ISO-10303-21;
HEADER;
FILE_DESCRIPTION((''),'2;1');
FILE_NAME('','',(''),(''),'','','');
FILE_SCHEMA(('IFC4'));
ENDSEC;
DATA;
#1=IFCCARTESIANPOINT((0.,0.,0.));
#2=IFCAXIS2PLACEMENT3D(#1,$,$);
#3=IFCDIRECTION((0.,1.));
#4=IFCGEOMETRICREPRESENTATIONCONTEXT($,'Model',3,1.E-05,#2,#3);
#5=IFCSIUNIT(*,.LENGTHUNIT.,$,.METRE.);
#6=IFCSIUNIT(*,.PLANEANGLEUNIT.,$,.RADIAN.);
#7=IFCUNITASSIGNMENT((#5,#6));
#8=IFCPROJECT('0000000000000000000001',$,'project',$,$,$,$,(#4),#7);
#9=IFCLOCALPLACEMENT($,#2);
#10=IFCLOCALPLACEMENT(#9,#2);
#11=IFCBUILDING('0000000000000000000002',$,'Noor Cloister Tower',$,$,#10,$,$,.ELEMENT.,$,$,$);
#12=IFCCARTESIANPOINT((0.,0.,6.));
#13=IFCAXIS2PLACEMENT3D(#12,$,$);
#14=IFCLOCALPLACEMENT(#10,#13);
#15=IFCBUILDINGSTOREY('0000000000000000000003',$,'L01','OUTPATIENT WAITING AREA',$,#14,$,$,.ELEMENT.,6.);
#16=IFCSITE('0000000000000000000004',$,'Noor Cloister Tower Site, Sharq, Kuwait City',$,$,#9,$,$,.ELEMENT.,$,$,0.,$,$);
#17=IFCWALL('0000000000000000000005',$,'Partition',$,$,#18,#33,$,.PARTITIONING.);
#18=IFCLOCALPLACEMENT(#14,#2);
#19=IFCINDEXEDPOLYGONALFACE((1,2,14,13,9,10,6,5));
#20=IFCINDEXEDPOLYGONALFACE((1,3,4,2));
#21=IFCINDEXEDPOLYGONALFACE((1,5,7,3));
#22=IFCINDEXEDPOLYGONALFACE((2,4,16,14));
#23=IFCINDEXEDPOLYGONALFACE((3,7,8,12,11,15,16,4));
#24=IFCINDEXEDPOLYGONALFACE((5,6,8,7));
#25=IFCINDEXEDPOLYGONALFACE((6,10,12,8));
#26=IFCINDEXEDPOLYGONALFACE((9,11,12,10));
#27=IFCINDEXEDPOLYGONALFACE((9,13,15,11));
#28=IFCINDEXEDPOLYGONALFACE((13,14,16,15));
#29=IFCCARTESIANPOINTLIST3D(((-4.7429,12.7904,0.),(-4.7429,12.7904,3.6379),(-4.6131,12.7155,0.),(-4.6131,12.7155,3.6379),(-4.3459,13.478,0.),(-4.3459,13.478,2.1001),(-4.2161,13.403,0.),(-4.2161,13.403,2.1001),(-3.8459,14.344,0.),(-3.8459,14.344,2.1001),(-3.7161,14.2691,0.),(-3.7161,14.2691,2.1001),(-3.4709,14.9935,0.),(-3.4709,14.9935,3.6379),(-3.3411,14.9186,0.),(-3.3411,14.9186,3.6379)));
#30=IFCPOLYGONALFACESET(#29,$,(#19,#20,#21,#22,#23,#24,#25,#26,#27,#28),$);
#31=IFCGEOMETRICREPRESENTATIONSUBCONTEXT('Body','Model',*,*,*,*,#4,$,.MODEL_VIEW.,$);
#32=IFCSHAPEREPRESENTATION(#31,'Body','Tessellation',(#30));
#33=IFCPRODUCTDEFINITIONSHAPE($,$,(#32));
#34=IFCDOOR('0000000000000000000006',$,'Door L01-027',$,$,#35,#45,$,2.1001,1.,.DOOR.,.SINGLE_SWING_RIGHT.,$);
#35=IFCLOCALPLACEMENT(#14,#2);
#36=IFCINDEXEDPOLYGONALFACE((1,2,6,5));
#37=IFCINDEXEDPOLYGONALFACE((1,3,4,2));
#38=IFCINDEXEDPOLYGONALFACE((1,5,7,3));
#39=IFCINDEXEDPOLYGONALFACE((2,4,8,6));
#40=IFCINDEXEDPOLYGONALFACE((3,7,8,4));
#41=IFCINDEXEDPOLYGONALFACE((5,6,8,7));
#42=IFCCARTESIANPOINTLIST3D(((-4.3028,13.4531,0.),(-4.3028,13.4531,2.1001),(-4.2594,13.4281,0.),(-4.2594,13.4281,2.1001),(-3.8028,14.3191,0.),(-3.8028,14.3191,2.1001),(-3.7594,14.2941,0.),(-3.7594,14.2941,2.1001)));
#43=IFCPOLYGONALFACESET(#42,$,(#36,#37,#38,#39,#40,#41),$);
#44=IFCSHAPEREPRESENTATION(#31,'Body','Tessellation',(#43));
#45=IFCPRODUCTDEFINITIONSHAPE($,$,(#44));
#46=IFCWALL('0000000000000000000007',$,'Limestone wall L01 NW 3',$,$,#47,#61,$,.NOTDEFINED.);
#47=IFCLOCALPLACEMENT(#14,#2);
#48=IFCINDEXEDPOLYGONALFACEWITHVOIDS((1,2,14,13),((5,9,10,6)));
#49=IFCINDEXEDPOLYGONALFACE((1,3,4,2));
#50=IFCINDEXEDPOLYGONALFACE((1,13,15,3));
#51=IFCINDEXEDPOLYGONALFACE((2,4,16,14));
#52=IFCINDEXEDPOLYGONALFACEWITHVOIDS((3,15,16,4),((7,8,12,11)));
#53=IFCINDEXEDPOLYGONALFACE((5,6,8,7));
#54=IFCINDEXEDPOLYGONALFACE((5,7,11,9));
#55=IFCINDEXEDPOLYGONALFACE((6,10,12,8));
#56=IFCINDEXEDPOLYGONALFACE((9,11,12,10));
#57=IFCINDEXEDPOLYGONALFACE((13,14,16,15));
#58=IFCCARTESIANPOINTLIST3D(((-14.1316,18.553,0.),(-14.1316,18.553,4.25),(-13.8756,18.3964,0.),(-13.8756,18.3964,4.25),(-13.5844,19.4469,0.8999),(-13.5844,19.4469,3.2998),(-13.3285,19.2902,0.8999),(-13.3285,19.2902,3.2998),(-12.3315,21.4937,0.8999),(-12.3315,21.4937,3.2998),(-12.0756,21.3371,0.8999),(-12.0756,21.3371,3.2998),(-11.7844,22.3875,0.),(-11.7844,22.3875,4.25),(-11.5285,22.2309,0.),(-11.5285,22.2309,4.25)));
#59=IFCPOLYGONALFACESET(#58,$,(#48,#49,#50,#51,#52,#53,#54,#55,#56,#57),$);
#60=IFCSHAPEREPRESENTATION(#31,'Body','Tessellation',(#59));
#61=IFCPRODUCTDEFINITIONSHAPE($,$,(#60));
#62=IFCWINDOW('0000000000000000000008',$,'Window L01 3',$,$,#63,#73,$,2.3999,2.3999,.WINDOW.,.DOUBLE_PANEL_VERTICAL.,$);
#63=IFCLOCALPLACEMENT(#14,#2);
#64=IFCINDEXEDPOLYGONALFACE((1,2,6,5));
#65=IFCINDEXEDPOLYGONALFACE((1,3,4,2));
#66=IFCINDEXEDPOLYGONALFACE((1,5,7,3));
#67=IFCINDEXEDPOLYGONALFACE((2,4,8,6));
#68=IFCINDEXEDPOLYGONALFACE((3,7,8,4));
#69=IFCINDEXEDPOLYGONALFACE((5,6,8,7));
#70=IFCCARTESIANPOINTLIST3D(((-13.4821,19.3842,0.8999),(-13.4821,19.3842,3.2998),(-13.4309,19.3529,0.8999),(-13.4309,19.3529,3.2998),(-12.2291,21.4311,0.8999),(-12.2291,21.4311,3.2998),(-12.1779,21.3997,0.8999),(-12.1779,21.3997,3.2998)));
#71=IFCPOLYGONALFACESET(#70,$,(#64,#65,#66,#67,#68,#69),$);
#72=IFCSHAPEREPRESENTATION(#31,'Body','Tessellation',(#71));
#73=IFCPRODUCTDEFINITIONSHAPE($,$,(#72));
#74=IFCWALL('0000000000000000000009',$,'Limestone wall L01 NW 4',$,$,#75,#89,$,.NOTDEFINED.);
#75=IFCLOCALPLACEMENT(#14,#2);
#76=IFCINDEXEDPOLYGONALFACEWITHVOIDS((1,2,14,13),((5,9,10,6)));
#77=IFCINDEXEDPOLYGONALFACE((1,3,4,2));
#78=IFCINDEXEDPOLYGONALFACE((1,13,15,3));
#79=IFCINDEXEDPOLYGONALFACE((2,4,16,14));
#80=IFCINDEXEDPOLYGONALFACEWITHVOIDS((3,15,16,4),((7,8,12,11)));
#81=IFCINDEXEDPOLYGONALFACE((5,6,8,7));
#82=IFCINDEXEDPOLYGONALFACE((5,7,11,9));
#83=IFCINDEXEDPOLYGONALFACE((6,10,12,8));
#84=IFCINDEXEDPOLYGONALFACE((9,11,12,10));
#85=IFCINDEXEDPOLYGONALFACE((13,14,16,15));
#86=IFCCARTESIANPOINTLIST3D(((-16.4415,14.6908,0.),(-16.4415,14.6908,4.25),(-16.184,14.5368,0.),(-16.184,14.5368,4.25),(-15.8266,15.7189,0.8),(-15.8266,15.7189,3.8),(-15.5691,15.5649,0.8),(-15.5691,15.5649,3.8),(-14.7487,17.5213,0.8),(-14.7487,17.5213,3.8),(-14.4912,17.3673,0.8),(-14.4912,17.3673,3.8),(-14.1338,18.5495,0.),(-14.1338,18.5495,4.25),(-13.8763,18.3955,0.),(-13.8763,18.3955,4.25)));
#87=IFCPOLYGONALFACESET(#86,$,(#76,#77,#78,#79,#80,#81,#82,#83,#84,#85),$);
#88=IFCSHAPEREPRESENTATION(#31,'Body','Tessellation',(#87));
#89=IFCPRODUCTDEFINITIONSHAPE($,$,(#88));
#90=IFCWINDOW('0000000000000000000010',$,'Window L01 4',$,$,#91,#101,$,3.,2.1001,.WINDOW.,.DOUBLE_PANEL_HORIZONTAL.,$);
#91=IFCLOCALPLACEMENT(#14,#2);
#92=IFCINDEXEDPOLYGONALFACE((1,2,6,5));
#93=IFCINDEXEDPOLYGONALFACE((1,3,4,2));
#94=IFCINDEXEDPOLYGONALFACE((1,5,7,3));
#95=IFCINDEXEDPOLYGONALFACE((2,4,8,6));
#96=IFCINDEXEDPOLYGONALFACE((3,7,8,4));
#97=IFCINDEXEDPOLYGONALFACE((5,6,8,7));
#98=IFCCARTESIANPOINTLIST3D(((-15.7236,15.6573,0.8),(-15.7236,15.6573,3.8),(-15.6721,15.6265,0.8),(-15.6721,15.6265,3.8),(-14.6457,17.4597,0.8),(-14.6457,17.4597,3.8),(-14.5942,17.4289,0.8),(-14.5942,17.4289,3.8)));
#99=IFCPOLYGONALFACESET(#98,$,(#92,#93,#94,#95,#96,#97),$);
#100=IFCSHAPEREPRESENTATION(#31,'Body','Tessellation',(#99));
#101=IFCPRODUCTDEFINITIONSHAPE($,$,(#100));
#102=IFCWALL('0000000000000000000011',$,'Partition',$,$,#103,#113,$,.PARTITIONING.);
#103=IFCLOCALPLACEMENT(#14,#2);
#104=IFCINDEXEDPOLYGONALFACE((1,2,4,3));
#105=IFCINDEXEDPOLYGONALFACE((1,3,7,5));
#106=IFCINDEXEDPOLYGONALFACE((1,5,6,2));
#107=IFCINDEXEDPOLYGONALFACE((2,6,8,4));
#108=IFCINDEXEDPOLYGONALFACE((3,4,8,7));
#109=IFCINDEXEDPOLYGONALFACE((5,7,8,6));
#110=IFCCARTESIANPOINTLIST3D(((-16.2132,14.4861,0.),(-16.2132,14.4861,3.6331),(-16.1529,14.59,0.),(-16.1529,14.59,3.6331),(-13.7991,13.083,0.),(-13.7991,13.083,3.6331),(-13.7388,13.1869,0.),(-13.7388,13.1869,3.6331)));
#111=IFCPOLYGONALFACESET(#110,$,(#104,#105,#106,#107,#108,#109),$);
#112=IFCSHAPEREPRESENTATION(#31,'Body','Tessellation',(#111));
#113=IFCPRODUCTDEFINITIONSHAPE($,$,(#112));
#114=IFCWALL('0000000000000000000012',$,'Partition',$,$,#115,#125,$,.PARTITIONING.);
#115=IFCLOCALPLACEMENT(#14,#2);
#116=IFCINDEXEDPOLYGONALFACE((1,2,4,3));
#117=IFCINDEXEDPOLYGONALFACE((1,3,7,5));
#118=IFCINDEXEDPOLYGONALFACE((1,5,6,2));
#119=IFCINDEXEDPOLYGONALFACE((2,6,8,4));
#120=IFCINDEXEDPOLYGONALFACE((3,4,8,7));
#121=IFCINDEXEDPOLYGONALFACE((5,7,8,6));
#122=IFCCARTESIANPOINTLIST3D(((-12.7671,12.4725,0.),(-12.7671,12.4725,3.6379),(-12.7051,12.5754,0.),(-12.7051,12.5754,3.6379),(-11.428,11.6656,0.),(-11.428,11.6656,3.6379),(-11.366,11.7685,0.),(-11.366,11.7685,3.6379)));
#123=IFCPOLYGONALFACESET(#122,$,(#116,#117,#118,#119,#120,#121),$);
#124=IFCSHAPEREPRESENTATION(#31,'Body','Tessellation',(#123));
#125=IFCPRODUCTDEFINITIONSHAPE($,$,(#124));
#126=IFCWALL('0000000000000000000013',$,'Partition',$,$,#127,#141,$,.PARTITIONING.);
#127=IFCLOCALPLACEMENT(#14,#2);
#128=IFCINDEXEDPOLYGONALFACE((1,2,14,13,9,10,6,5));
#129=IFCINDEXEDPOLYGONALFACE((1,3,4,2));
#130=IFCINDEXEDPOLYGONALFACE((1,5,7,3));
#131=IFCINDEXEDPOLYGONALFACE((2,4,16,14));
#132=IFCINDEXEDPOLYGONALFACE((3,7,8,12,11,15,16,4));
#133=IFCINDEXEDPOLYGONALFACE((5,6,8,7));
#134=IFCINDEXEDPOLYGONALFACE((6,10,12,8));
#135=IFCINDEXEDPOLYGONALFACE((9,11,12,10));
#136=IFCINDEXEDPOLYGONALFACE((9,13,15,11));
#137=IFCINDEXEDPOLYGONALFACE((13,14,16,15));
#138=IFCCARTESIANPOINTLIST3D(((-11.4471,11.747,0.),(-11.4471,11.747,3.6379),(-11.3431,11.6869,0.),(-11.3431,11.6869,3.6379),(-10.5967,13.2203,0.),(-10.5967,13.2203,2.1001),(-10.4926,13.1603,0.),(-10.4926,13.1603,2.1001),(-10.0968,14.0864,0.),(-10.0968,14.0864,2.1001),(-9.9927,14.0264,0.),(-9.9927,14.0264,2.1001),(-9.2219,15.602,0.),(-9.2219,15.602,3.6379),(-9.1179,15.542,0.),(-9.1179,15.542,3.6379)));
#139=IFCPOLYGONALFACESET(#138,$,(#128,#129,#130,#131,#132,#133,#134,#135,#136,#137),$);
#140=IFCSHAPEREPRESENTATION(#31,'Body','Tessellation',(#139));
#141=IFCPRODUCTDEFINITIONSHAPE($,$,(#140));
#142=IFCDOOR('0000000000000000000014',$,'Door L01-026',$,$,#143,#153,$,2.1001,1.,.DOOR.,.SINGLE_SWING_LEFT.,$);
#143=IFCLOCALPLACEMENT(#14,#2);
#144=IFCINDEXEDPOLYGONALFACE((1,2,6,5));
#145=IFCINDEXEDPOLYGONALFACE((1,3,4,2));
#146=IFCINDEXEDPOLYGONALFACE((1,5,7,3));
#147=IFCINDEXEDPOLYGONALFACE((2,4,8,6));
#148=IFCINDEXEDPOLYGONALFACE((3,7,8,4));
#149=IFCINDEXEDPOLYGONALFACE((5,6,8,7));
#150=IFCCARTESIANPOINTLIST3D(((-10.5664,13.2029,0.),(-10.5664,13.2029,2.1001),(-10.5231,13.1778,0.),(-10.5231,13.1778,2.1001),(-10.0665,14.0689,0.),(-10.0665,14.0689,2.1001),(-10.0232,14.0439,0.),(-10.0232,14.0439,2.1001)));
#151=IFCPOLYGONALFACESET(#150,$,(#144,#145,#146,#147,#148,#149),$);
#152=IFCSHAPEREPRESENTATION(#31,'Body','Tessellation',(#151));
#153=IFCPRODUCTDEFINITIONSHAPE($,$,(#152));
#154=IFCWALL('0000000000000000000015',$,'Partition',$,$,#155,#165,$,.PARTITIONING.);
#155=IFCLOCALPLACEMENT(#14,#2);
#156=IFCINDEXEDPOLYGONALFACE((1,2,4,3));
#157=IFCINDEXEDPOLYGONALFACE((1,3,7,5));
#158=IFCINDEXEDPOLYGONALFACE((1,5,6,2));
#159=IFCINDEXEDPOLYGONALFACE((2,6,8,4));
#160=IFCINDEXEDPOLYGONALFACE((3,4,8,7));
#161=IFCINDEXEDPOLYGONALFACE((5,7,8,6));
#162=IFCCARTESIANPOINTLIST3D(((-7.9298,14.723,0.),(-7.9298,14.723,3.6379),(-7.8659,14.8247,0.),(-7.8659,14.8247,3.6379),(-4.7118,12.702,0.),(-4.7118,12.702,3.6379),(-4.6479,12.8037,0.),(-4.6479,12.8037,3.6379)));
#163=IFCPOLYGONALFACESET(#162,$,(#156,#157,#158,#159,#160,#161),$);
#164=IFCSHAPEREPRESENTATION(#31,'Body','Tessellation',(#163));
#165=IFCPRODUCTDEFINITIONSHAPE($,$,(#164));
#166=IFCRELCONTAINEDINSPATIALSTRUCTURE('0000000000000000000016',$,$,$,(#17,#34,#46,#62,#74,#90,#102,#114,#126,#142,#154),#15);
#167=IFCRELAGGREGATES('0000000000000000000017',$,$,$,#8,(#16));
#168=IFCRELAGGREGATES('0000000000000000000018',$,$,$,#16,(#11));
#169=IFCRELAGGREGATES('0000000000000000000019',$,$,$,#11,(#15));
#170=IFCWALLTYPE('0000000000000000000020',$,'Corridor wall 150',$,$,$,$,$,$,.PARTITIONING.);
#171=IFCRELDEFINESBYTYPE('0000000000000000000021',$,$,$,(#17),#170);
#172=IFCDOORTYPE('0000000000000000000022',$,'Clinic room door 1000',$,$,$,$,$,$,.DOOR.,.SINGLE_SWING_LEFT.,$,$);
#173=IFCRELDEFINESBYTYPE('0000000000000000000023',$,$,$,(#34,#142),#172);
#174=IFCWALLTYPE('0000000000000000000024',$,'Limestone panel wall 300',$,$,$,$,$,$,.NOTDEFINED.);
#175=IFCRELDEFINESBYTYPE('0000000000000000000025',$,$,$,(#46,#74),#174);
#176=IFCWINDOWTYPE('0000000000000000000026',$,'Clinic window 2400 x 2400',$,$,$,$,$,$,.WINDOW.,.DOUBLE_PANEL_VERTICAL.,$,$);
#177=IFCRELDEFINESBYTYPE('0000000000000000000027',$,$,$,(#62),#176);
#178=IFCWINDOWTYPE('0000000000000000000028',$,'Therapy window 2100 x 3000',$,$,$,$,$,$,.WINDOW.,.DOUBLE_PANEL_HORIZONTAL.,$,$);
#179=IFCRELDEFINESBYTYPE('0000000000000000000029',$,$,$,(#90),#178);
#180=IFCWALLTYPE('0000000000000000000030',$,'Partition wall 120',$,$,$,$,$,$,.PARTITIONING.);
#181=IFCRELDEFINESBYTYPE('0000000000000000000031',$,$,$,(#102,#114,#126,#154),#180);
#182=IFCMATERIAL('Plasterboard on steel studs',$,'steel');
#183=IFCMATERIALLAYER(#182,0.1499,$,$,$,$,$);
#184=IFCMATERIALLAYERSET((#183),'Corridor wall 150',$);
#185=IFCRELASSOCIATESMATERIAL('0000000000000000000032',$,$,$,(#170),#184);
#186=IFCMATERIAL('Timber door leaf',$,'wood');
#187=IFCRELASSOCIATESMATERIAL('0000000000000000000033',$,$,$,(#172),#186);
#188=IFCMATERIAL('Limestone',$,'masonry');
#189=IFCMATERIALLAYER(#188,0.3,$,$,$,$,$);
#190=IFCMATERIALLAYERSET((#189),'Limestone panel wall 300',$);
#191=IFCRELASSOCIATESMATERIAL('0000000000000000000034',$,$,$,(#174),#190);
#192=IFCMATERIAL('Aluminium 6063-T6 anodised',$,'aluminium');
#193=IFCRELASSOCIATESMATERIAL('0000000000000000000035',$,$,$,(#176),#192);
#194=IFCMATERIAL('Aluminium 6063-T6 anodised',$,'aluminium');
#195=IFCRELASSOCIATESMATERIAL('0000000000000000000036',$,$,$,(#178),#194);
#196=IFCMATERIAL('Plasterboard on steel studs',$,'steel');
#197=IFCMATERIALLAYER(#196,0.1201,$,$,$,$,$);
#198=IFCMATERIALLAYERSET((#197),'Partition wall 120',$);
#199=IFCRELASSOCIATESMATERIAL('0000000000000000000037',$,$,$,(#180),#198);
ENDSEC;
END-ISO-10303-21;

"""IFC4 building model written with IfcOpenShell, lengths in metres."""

from ifc_helpers import new_model, si_unit, direction, frame, frame_2d, origin, place, context, subcontext, project, spatial, rectangle, extrude, material, layer, layer_set, type_object, element, fill, save


model = new_model("IFC4")

# Units and contexts
model_context = context("Model", 3, precision=1e-05, world=origin(), true_north=direction((0.0, 1.0)))
body_context = subcontext(model_context, "Body", "Model", "MODEL_VIEW")
ifc_project = project(units=[si_unit("LENGTHUNIT", "METRE"), si_unit("PLANEANGLEUNIT", "RADIAN")], contexts=[model_context])

# Site, building, storey
site_placement = place(None, origin())
site = spatial("IfcSite", under=ifc_project, at=site_placement, Name="Noor Cloister Tower Site, Sharq, Kuwait City", CompositionType="ELEMENT", RefElevation=0.0)
building_placement = place(site_placement, origin())
building = spatial("IfcBuilding", under=site, at=building_placement, Name="Noor Cloister Tower", CompositionType="ELEMENT")
storey_placement = place(building_placement, frame((0.0, 0.0, 6.0)))
storey = spatial("IfcBuildingStorey", under=building, at=storey_placement, Name="L01", Description="OUTPATIENT WAITING AREA", CompositionType="ELEMENT", Elevation=6.0)

# Shared definitions
ifc_material_1 = material(Name="Plasterboard on steel studs", Category="steel")
ifc_layer_1 = layer(ifc_material_1, 0.1499)
ifc_layer_set_1 = layer_set([ifc_layer_1], Name="Corridor wall 150")
wall_type_1 = type_object("IfcWallType", Name="Corridor wall 150", PredefinedType="PARTITIONING", material=ifc_layer_set_1)

# Wall, opening, door
wall_1_placement = place(storey_placement, frame((-3.406, 14.9561, 0.0), z_axis=(0.0, 0.0, 1.0), x_axis=(-0.499999, -0.866026, 0.0)))
wall_1 = element("IfcWall", 1, at=wall_1_placement, inside=storey, type_object=wall_type_1, Name="Partition", PredefinedType="PARTITIONING", context=body_context, shape_type="SweptSolid", body=[
    extrude(rectangle(XDim=2.5439, YDim=0.1499, at=frame_2d((1.272, 0.0))), origin(), (0.0, 0.0, 1.0), 3.6379),
])
opening_1_placement = place(wall_1_placement, frame((0.75, 0.0, 0.0)))
opening_1 = element("IfcOpeningElement", 2, at=opening_1_placement, cuts=wall_1, PredefinedType="OPENING", context=body_context, shape_type="SweptSolid", body=[
    extrude(rectangle(XDim=1.0, YDim=2.1001, at=frame_2d((0.5, 1.05))), frame((0.0, 0.085, 0.0), z_axis=(0.0, -1.0, 0.0), x_axis=(1.0, 0.0, 0.0)), (0.0, 0.0, 1.0), 0.1699),
])
ifc_material_2 = material(Name="Timber door leaf", Category="wood")
door_type = type_object("IfcDoorType", Name="Clinic room door 1000", OperationType="SINGLE_SWING_LEFT", PredefinedType="DOOR", material=ifc_material_2)
door_1_placement = place(opening_1_placement, origin())
door_1 = element("IfcDoor", 3, at=door_1_placement, inside=storey, type_object=door_type, Name="Door L01-027", OperationType="SINGLE_SWING_RIGHT", OverallHeight=2.1001, OverallWidth=1.0, PredefinedType="DOOR", context=body_context, shape_type="SweptSolid", body=[
    extrude(rectangle(XDim=1.0, YDim=2.1001, at=frame_2d((0.5, 1.05))), frame((0.0, 0.0249, 0.0), z_axis=(0.0, -1.0, 0.0), x_axis=(1.0, 0.0, 0.0)), (0.0, 0.0, 1.0), 0.05),
])
fill(opening_1, door_1)

# Walls, openings, windows
ifc_material_3 = material(Name="Limestone", Category="masonry")
ifc_layer_2 = layer(ifc_material_3, 0.3)
ifc_layer_set_2 = layer_set([ifc_layer_2], Name="Limestone panel wall 300")
wall_type_2 = type_object("IfcWallType", Name="Limestone panel wall 300", PredefinedType="NOTDEFINED", material=ifc_layer_set_2)
wall_2_placement = place(storey_placement, frame((-14.0037, 18.4746, 0.0), z_axis=(0.0, 0.0, 1.0), x_axis=(0.522078, 0.852898, 0.0)))
wall_2 = element("IfcWall", 4, at=wall_2_placement, inside=storey, type_object=wall_type_2, Name="Limestone wall L01 NW 3", PredefinedType="NOTDEFINED", context=body_context, shape_type="SweptSolid", body=[
    extrude(rectangle(XDim=4.4958, YDim=0.3, at=frame_2d((2.248, 0.0))), origin(), (0.0, 0.0, 1.0), 4.25),
])
opening_2_placement = place(wall_2_placement, frame((1.0481, 0.0, 0.8999)))
opening_2 = element("IfcOpeningElement", 5, at=opening_2_placement, cuts=wall_2, PredefinedType="OPENING", context=body_context, shape_type="SweptSolid", body=[
    extrude(rectangle(XDim=2.3999, YDim=2.3999, at=frame_2d((1.2, 1.2))), frame((0.0, 0.1602, 0.0), z_axis=(0.0, -1.0, 0.0), x_axis=(1.0, 0.0, 0.0)), (0.0, 0.0, 1.0), 0.3201),
])
ifc_material_4 = material(Name="Aluminium 6063-T6 anodised", Category="aluminium")
window_type_1 = type_object("IfcWindowType", Name="Clinic window 2400 x 2400", PartitioningType="DOUBLE_PANEL_VERTICAL", PredefinedType="WINDOW", material=ifc_material_4)
window_1_placement = place(opening_2_placement, origin())
window_1 = element("IfcWindow", 6, at=window_1_placement, inside=storey, type_object=window_type_1, Name="Window L01 3", OverallHeight=2.3999, OverallWidth=2.3999, PartitioningType="DOUBLE_PANEL_VERTICAL", PredefinedType="WINDOW", context=body_context, shape_type="SweptSolid", body=[
    extrude(rectangle(XDim=2.3999, YDim=2.3999, at=frame_2d((1.2, 1.2))), frame((0.0, 0.03, 0.0), z_axis=(0.0, -1.0, 0.0), x_axis=(1.0, 0.0, 0.0)), (0.0, 0.0, 1.0), 0.0601),
])
fill(opening_2, window_1)
wall_3_placement = place(storey_placement, frame((-16.3127, 14.6138, 0.0), z_axis=(0.0, 0.0, 1.0), x_axis=(0.513257, 0.858235, 0.0)))
wall_3 = element("IfcWall", 7, at=wall_3_placement, inside=storey, type_object=wall_type_2, Name="Limestone wall L01 NW 4", PredefinedType="NOTDEFINED", context=body_context, shape_type="SweptSolid", body=[
    extrude(rectangle(XDim=4.4961, YDim=0.3, at=frame_2d((2.248, 0.0))), origin(), (0.0, 0.0, 1.0), 4.25),
])
opening_3_placement = place(wall_3_placement, frame((1.198, 0.0, 0.8)))
opening_3 = element("IfcOpeningElement", 8, at=opening_3_placement, cuts=wall_3, PredefinedType="OPENING", context=body_context, shape_type="SweptSolid", body=[
    extrude(rectangle(XDim=2.1001, YDim=3.0, at=frame_2d((1.05, 1.5))), frame((0.0, 0.1602, 0.0), z_axis=(0.0, -1.0, 0.0), x_axis=(1.0, 0.0, 0.0)), (0.0, 0.0, 1.0), 0.3201),
])
ifc_material_5 = material(Name="Aluminium 6063-T6 anodised", Category="aluminium")
window_type_2 = type_object("IfcWindowType", Name="Therapy window 2100 x 3000", PartitioningType="DOUBLE_PANEL_HORIZONTAL", PredefinedType="WINDOW", material=ifc_material_5)
window_2_placement = place(opening_3_placement, origin())
window_2 = element("IfcWindow", 9, at=window_2_placement, inside=storey, type_object=window_type_2, Name="Window L01 4", OverallHeight=3.0, OverallWidth=2.1001, PartitioningType="DOUBLE_PANEL_HORIZONTAL", PredefinedType="WINDOW", context=body_context, shape_type="SweptSolid", body=[
    extrude(rectangle(XDim=2.1001, YDim=3.0, at=frame_2d((1.05, 1.5))), frame((0.0, 0.03, 0.0), z_axis=(0.0, -1.0, 0.0), x_axis=(1.0, 0.0, 0.0)), (0.0, 0.0, 1.0), 0.0601),
])
fill(opening_3, window_2)

# Walls
ifc_material_6 = material(Name="Plasterboard on steel studs", Category="steel")
ifc_layer_3 = layer(ifc_material_6, 0.1201)
ifc_layer_set_3 = layer_set([ifc_layer_3], Name="Partition wall 120")
wall_type_3 = type_object("IfcWallType", Name="Partition wall 120", PredefinedType="PARTITIONING", material=ifc_layer_set_3)
wall_4_placement = place(storey_placement, frame((-13.769, 13.135, 0.0), z_axis=(0.0, 0.0, 1.0), x_axis=(-0.864577, 0.5025, 0.0)))
element("IfcWall", 10, at=wall_4_placement, inside=storey, type_object=wall_type_3, Name="Partition", PredefinedType="PARTITIONING", context=body_context, shape_type="SweptSolid", body=[
    extrude(rectangle(XDim=2.7922, YDim=0.1201, at=frame_2d((1.396, 0.0))), origin(), (0.0, 0.0, 1.0), 3.6331),
])
wall_5_placement = place(storey_placement, frame((-11.397, 11.717, 0.0), z_axis=(0.0, 0.0, 1.0), x_axis=(-0.856527, 0.516102, 0.0)))
element("IfcWall", 11, at=wall_5_placement, inside=storey, type_object=wall_type_3, Name="Partition", PredefinedType="PARTITIONING", context=body_context, shape_type="SweptSolid", body=[
    extrude(rectangle(XDim=1.5635, YDim=0.1201, at=frame_2d((0.7817, 0.0))), origin(), (0.0, 0.0, 1.0), 3.6379),
])

# Wall, opening, door
wall_6_placement = place(storey_placement, frame((-9.1699, 15.572, 0.0), z_axis=(0.0, 0.0, 1.0), x_axis=(-0.499903, -0.866081, 0.0)))
wall_6 = element("IfcWall", 12, at=wall_6_placement, inside=storey, type_object=wall_type_3, Name="Partition", PredefinedType="PARTITIONING", context=body_context, shape_type="SweptSolid", body=[
    extrude(rectangle(XDim=4.4512, YDim=0.1201, at=frame_2d((2.2256, 0.0))), origin(), (0.0, 0.0, 1.0), 3.6379),
])
opening_4_placement = place(wall_6_placement, frame((1.75, 0.0, 0.0)))
opening_4 = element("IfcOpeningElement", 13, at=opening_4_placement, cuts=wall_6, PredefinedType="OPENING", context=body_context, shape_type="SweptSolid", body=[
    extrude(rectangle(XDim=1.0, YDim=2.1001, at=frame_2d((0.5, 1.05))), frame((0.0, 0.0701, 0.0), z_axis=(0.0, -1.0, 0.0), x_axis=(1.0, 0.0, 0.0)), (0.0, 0.0, 1.0), 0.1401),
])
door_2_placement = place(opening_4_placement, origin())
door_2 = element("IfcDoor", 14, at=door_2_placement, inside=storey, type_object=door_type, Name="Door L01-026", OperationType="SINGLE_SWING_LEFT", OverallHeight=2.1001, OverallWidth=1.0, PredefinedType="DOOR", context=body_context, shape_type="SweptSolid", body=[
    extrude(rectangle(XDim=1.0, YDim=2.1001, at=frame_2d((0.5, 1.05))), frame((0.0, 0.0249, 0.0), z_axis=(0.0, -1.0, 0.0), x_axis=(1.0, 0.0, 0.0)), (0.0, 0.0, 1.0), 0.05),
])
fill(opening_4, door_2)

# Wall
wall_7_placement = place(storey_placement, frame((-4.6799, 12.7529, 0.0), z_axis=(0.0, 0.0, 1.0), x_axis=(-0.846845, 0.53184, 0.0)))
element("IfcWall", 15, at=wall_7_placement, inside=storey, type_object=wall_type_3, Name="Partition", PredefinedType="PARTITIONING", context=body_context, shape_type="SweptSolid", body=[
    extrude(rectangle(XDim=3.8, YDim=0.1201, at=frame_2d((1.8999, 0.0))), origin(), (0.0, 0.0, 1.0), 3.6379),
])

save(model, "model.ifc")
